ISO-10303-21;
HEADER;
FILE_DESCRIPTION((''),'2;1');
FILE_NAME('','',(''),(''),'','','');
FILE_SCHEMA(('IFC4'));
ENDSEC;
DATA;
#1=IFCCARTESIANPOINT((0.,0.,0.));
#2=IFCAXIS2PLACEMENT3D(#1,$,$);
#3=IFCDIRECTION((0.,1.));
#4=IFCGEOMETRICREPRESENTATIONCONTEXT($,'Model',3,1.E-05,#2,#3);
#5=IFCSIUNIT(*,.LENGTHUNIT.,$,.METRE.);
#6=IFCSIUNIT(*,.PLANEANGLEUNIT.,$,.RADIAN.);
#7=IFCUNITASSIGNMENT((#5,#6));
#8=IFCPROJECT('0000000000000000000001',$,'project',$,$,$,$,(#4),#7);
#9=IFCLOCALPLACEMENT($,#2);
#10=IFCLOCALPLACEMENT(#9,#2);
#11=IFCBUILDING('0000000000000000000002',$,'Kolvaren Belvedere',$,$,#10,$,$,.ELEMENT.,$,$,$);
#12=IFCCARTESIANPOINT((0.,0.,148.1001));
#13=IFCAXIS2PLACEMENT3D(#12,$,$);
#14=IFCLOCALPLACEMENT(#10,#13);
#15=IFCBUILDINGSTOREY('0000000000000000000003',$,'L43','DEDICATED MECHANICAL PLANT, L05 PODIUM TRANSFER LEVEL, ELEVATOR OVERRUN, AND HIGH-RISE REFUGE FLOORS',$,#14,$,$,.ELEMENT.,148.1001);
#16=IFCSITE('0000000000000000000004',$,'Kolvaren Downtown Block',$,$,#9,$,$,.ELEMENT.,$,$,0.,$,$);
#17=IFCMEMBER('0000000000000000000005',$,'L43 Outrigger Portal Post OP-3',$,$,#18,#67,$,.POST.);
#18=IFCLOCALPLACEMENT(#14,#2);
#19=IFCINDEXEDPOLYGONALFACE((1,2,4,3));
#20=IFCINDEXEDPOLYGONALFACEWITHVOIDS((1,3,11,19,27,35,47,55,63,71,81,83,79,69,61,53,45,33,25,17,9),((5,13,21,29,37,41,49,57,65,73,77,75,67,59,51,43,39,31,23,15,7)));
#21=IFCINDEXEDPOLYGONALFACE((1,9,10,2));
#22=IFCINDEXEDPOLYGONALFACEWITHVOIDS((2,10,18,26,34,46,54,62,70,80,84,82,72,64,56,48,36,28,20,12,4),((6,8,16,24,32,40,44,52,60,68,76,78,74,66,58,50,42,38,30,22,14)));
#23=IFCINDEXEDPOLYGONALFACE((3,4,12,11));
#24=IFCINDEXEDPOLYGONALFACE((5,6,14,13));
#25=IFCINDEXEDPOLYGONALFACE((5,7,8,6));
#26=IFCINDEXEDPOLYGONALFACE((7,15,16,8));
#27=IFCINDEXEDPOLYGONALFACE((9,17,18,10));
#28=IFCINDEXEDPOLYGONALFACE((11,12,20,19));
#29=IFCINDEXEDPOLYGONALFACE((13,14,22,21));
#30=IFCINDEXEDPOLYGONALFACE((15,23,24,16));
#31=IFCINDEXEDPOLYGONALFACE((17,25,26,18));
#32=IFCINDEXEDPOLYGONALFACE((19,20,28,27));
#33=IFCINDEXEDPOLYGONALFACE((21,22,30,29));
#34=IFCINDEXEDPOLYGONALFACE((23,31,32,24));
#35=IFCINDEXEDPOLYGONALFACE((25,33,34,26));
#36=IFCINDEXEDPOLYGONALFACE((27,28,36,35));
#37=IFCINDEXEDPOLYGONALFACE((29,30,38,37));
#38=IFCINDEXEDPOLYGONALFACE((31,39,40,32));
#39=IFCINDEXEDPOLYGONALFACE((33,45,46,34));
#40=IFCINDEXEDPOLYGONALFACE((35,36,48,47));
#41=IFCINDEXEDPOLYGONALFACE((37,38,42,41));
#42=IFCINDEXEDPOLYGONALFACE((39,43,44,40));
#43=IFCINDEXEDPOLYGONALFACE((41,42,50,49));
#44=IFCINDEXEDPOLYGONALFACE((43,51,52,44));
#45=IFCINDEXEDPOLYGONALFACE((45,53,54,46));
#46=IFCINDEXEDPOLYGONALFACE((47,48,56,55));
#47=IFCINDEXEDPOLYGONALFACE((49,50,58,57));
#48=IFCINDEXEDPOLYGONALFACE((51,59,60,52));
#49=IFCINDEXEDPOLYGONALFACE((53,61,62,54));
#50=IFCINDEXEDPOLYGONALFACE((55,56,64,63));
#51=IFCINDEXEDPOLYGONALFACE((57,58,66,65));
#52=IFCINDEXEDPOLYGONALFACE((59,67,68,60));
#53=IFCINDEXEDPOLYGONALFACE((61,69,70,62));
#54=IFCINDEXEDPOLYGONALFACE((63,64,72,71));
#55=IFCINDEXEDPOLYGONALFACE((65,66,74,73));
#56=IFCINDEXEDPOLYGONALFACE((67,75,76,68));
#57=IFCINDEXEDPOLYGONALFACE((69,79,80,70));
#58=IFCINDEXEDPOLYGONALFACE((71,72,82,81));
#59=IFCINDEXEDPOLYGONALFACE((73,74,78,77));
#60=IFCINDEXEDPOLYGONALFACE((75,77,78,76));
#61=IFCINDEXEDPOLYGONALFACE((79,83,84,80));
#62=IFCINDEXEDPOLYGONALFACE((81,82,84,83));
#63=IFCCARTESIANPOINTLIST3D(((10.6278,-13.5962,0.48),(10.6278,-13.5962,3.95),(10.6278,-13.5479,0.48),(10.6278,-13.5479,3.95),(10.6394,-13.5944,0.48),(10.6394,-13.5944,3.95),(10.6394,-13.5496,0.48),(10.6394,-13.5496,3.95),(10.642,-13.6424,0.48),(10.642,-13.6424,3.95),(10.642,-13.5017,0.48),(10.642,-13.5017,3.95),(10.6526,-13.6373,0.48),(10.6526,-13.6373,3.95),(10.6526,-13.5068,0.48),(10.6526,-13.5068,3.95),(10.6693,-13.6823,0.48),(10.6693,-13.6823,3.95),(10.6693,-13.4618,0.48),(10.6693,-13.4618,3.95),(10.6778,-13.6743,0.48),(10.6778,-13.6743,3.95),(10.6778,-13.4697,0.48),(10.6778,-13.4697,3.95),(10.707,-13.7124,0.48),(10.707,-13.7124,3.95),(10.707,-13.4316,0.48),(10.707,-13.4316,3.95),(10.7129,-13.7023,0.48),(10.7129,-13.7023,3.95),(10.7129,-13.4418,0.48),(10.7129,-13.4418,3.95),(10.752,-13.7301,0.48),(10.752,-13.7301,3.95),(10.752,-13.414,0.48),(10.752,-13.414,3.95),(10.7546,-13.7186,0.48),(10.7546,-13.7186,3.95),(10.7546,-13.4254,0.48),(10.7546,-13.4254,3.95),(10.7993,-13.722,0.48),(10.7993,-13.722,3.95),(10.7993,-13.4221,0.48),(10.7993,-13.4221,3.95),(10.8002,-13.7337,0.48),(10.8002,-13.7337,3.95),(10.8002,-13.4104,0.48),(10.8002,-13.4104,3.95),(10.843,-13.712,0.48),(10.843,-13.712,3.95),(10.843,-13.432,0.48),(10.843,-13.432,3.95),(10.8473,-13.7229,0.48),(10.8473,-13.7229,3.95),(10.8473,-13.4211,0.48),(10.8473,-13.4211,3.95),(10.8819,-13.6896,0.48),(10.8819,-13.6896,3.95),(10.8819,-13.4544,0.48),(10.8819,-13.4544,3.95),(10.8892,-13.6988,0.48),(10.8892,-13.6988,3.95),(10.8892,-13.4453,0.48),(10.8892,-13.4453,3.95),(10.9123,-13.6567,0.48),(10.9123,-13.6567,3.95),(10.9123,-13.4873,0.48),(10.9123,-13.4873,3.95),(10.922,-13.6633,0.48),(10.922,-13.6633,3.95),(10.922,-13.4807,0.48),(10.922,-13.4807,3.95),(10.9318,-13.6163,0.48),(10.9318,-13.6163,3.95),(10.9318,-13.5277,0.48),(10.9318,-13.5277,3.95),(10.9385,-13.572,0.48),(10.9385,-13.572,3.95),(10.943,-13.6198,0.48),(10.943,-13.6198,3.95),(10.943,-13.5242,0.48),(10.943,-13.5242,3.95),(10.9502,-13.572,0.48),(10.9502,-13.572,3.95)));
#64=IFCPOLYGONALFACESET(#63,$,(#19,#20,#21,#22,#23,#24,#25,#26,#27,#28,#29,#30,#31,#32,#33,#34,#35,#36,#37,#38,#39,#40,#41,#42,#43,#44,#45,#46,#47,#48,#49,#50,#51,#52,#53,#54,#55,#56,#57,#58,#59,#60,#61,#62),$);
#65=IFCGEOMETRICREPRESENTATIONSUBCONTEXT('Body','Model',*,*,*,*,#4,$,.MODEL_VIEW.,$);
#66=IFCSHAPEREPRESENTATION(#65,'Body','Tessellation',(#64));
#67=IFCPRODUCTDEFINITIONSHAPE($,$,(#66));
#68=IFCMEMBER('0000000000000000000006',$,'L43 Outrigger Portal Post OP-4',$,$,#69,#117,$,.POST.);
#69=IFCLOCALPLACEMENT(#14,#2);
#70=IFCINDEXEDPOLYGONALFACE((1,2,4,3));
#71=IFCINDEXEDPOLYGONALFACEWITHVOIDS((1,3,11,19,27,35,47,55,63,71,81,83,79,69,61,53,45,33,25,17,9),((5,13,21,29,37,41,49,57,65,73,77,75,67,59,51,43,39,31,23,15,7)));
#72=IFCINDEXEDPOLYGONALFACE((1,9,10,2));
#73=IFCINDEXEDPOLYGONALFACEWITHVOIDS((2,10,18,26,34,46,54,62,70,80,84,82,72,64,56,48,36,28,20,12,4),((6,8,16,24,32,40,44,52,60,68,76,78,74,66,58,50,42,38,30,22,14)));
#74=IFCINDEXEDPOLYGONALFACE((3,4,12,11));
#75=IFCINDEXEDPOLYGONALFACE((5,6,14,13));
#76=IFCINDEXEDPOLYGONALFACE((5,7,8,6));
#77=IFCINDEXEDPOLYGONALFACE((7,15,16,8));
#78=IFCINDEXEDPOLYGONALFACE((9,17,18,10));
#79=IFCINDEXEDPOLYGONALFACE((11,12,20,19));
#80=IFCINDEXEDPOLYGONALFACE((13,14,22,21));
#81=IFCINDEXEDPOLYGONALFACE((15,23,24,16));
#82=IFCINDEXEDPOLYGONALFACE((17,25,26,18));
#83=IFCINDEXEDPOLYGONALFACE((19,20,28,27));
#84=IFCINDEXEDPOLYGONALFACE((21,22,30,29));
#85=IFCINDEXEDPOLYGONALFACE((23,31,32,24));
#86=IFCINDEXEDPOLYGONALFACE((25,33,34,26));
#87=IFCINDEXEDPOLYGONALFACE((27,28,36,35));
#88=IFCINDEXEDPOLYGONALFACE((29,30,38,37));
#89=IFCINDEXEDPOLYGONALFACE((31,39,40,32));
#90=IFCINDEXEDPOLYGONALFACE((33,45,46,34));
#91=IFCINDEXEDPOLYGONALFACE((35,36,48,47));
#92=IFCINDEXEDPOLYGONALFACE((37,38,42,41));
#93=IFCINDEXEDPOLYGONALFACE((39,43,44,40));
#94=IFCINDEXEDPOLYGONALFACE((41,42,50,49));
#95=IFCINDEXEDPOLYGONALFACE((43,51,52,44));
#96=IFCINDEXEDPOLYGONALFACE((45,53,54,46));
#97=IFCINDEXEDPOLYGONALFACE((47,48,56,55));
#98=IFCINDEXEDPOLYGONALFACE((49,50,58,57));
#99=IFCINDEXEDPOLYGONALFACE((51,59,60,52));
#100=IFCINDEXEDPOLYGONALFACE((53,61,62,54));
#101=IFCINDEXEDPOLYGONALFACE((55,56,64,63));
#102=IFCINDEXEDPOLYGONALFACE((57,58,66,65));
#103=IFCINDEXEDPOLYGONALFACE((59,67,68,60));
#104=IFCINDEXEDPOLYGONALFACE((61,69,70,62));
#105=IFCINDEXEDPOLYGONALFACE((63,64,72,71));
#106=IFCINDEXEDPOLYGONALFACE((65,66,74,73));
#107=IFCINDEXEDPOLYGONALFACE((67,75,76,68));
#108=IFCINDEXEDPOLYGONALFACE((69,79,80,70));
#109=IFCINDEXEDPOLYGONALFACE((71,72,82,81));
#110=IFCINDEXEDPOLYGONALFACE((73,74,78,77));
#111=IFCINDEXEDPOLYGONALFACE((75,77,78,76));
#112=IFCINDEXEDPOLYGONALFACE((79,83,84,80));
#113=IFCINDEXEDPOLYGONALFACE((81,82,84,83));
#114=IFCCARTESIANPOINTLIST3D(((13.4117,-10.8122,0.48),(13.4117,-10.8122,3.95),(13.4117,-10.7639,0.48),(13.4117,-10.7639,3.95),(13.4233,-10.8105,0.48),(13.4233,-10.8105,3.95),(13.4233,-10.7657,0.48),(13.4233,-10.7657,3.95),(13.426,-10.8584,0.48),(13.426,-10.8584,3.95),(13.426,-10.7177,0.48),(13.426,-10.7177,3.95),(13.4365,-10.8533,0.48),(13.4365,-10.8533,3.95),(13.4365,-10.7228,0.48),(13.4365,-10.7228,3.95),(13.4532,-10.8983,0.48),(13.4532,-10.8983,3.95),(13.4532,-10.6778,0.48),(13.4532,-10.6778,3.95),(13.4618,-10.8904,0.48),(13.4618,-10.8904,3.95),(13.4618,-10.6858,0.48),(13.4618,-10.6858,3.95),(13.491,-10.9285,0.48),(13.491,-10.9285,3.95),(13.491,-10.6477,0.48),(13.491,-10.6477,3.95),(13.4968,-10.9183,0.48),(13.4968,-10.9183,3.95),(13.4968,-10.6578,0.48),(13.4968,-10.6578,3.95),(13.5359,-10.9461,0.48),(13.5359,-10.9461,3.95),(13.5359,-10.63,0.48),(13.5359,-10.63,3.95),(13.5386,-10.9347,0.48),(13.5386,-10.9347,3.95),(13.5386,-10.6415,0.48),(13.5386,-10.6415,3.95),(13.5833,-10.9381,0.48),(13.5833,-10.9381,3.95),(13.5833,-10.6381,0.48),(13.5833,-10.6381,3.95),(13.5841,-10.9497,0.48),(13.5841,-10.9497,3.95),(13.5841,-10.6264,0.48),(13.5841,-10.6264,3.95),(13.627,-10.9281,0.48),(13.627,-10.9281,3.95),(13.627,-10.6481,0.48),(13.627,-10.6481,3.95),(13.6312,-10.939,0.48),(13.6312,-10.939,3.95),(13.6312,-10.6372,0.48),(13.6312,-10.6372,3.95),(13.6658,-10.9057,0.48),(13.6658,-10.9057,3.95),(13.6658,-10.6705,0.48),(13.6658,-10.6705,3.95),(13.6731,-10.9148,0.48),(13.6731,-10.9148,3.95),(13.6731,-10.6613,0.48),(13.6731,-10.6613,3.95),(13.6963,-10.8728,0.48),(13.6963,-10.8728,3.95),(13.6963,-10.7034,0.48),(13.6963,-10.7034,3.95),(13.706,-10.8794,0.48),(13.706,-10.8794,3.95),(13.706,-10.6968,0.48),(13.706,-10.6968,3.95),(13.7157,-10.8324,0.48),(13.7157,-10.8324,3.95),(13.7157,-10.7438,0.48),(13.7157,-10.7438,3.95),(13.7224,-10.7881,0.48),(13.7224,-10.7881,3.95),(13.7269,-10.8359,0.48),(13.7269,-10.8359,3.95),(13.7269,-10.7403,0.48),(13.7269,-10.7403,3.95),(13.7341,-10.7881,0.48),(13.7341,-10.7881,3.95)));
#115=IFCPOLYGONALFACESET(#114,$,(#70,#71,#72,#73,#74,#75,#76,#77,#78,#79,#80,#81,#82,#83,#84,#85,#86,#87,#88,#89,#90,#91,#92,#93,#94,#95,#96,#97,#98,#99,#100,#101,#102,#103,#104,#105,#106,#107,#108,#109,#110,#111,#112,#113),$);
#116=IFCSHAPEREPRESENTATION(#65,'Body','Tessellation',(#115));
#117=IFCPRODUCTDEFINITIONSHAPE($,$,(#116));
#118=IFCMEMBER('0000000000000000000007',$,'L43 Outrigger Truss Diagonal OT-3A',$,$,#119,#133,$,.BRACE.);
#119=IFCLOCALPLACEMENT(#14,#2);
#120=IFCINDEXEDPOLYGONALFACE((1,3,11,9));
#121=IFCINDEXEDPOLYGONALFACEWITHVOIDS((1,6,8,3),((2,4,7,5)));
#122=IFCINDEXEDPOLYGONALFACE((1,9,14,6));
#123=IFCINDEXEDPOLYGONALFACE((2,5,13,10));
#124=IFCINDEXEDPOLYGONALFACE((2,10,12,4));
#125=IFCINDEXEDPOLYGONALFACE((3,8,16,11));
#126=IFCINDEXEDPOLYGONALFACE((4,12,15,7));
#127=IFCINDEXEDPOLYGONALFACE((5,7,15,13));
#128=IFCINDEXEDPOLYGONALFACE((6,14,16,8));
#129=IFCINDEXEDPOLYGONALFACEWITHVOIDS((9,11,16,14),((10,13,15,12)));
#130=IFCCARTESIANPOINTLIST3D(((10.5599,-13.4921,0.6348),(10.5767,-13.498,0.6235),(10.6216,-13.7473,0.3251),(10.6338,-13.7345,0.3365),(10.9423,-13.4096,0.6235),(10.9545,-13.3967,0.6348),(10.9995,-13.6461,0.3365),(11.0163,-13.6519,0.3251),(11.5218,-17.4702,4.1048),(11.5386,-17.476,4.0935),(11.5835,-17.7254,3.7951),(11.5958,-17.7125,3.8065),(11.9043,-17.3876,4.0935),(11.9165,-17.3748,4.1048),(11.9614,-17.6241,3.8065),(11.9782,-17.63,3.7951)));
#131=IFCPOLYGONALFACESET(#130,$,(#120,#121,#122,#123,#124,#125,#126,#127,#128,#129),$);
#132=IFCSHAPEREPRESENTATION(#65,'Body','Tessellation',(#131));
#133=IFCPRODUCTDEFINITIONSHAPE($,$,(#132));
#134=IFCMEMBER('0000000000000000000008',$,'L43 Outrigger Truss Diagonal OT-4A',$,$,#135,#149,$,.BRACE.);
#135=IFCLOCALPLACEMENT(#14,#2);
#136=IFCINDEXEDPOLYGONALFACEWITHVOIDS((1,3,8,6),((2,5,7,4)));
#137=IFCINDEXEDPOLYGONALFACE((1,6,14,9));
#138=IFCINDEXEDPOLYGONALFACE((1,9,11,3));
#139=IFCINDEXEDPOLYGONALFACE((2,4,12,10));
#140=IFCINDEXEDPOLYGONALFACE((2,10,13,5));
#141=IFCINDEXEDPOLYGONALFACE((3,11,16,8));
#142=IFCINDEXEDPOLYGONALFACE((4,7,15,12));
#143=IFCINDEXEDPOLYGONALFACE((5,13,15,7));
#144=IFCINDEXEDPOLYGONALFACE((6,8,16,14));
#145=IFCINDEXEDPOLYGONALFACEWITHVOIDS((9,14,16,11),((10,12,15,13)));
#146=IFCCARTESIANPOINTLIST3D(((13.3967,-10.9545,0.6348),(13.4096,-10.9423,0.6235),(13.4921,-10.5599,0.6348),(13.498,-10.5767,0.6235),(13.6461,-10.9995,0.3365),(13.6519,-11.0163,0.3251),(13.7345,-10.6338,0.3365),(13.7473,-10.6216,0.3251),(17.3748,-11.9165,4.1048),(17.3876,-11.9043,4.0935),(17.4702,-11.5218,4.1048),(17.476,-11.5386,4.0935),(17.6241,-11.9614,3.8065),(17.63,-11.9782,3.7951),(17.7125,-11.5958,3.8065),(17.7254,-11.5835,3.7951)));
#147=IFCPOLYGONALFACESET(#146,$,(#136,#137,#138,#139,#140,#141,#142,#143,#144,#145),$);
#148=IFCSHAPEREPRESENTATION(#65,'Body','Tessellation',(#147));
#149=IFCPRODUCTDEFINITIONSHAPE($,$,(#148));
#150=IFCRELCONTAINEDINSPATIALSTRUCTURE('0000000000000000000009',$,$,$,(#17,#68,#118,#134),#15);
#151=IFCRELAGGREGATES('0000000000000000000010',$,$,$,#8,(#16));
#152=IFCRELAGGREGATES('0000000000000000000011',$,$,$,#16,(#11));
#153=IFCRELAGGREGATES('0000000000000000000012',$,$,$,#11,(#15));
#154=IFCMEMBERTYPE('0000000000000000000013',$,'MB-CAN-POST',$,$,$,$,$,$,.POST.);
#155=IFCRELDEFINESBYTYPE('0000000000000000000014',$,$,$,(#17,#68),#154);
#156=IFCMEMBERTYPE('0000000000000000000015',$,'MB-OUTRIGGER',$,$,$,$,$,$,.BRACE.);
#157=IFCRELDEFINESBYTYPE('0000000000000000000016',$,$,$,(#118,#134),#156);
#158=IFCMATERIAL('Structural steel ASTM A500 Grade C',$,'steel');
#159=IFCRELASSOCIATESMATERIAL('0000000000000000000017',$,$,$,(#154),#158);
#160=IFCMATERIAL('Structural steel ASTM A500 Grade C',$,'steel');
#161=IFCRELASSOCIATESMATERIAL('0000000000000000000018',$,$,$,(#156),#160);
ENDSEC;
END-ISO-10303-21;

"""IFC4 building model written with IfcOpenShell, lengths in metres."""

from ifc_helpers import new_model, si_unit, direction, frame, origin, origin_2d, place, context, subcontext, project, spatial, hollow_rectangle, hollow_circle, extrude, material, material_profile, profile_set, type_object, element, save


model = new_model("IFC4")

# Units and contexts
model_context = context("Model", 3, precision=1e-05, world=origin(), true_north=direction((0.0, 1.0)))
body_context = subcontext(model_context, "Body", "Model", "MODEL_VIEW")
ifc_project = project(units=[si_unit("LENGTHUNIT", "METRE"), si_unit("PLANEANGLEUNIT", "RADIAN")], contexts=[model_context])

# Site, building, storey
site_placement = place(None, origin())
site = spatial("IfcSite", under=ifc_project, at=site_placement, Name="Kolvaren Downtown Block", CompositionType="ELEMENT", RefElevation=0.0)
building_placement = place(site_placement, origin())
building = spatial("IfcBuilding", under=site, at=building_placement, Name="Kolvaren Belvedere", CompositionType="ELEMENT")
storey_placement = place(building_placement, frame((0.0, 0.0, 148.1001)))
storey = spatial("IfcBuildingStorey", under=building, at=storey_placement, Name="L43", Description="DEDICATED MECHANICAL PLANT, L05 PODIUM TRANSFER LEVEL, ELEVATOR OVERRUN, AND HIGH-RISE REFUGE FLOORS", CompositionType="ELEMENT", Elevation=148.1001)

# Members
ifc_material_1 = material(Name="Structural steel ASTM A500 Grade C", Category="steel")
ifc_material_profile_1 = material_profile(ifc_material_1, hollow_circle(Radius=0.1621, WallThickness=0.0117, at=origin_2d()), Name="HSS12.750X0.500")
ifc_profile_set_1 = profile_set([ifc_material_profile_1], Name="Structural steel ASTM A500 Grade C")
member_type_1 = type_object("IfcMemberType", Name="MB-CAN-POST", PredefinedType="POST", material=ifc_profile_set_1)
for number, where, z_axis, x_axis, name in (
    (1, (10.7881, -13.572, 0.48), (0.0, 0.0, 1.0), (1.0, 0.0, 0.0), "L43 Outrigger Portal Post OP-3"),
    (2, (13.572, -10.7881, 0.48), (0.0, 0.0, 1.0), (1.0, 0.0, 0.0), "L43 Outrigger Portal Post OP-4"),
):
    element("IfcMember", number, at=place(storey_placement, frame(where, z_axis=z_axis, x_axis=x_axis)), inside=storey, type_object=member_type_1, Name=name, PredefinedType="POST", context=body_context, shape_type="SweptSolid", body=[
        extrude(hollow_circle(Radius=0.1621, WallThickness=0.0117, at=origin_2d()), origin(), (0.0, 0.0, 1.0), 3.47),
    ])
ifc_material_2 = material(Name="Structural steel ASTM A500 Grade C", Category="steel")
ifc_material_profile_2 = material_profile(ifc_material_2, hollow_rectangle(XDim=0.406, YDim=0.406, WallThickness=0.0149, at=origin_2d()), Name="HSS16X16X5/8")
ifc_profile_set_2 = profile_set([ifc_material_profile_2], Name="Structural steel ASTM A500 Grade C")
member_type_2 = type_object("IfcMemberType", Name="MB-OUTRIGGER", PredefinedType="BRACE", material=ifc_profile_set_2)
for number, where, z_axis, x_axis, name in (
    (3, (10.7881, -13.572, 0.48), (0.179271, -0.741382, 0.646696), (0.971987, 0.235033, 0.0), "L43 Outrigger Truss Diagonal OT-3A"),
    (4, (13.572, -10.7881, 0.48), (0.741382, -0.179271, 0.646696), (0.235033, 0.971987, 0.0), "L43 Outrigger Truss Diagonal OT-4A"),
):
    element("IfcMember", number, at=place(storey_placement, frame(where, z_axis=z_axis, x_axis=x_axis)), inside=storey, type_object=member_type_2, Name=name, PredefinedType="BRACE", context=body_context, shape_type="SweptSolid", body=[
        extrude(hollow_rectangle(XDim=0.406, YDim=0.406, WallThickness=0.0149, at=origin_2d()), origin(), (0.0, 0.0, 1.0), 5.3657),
    ])

save(model, "model.ifc")
